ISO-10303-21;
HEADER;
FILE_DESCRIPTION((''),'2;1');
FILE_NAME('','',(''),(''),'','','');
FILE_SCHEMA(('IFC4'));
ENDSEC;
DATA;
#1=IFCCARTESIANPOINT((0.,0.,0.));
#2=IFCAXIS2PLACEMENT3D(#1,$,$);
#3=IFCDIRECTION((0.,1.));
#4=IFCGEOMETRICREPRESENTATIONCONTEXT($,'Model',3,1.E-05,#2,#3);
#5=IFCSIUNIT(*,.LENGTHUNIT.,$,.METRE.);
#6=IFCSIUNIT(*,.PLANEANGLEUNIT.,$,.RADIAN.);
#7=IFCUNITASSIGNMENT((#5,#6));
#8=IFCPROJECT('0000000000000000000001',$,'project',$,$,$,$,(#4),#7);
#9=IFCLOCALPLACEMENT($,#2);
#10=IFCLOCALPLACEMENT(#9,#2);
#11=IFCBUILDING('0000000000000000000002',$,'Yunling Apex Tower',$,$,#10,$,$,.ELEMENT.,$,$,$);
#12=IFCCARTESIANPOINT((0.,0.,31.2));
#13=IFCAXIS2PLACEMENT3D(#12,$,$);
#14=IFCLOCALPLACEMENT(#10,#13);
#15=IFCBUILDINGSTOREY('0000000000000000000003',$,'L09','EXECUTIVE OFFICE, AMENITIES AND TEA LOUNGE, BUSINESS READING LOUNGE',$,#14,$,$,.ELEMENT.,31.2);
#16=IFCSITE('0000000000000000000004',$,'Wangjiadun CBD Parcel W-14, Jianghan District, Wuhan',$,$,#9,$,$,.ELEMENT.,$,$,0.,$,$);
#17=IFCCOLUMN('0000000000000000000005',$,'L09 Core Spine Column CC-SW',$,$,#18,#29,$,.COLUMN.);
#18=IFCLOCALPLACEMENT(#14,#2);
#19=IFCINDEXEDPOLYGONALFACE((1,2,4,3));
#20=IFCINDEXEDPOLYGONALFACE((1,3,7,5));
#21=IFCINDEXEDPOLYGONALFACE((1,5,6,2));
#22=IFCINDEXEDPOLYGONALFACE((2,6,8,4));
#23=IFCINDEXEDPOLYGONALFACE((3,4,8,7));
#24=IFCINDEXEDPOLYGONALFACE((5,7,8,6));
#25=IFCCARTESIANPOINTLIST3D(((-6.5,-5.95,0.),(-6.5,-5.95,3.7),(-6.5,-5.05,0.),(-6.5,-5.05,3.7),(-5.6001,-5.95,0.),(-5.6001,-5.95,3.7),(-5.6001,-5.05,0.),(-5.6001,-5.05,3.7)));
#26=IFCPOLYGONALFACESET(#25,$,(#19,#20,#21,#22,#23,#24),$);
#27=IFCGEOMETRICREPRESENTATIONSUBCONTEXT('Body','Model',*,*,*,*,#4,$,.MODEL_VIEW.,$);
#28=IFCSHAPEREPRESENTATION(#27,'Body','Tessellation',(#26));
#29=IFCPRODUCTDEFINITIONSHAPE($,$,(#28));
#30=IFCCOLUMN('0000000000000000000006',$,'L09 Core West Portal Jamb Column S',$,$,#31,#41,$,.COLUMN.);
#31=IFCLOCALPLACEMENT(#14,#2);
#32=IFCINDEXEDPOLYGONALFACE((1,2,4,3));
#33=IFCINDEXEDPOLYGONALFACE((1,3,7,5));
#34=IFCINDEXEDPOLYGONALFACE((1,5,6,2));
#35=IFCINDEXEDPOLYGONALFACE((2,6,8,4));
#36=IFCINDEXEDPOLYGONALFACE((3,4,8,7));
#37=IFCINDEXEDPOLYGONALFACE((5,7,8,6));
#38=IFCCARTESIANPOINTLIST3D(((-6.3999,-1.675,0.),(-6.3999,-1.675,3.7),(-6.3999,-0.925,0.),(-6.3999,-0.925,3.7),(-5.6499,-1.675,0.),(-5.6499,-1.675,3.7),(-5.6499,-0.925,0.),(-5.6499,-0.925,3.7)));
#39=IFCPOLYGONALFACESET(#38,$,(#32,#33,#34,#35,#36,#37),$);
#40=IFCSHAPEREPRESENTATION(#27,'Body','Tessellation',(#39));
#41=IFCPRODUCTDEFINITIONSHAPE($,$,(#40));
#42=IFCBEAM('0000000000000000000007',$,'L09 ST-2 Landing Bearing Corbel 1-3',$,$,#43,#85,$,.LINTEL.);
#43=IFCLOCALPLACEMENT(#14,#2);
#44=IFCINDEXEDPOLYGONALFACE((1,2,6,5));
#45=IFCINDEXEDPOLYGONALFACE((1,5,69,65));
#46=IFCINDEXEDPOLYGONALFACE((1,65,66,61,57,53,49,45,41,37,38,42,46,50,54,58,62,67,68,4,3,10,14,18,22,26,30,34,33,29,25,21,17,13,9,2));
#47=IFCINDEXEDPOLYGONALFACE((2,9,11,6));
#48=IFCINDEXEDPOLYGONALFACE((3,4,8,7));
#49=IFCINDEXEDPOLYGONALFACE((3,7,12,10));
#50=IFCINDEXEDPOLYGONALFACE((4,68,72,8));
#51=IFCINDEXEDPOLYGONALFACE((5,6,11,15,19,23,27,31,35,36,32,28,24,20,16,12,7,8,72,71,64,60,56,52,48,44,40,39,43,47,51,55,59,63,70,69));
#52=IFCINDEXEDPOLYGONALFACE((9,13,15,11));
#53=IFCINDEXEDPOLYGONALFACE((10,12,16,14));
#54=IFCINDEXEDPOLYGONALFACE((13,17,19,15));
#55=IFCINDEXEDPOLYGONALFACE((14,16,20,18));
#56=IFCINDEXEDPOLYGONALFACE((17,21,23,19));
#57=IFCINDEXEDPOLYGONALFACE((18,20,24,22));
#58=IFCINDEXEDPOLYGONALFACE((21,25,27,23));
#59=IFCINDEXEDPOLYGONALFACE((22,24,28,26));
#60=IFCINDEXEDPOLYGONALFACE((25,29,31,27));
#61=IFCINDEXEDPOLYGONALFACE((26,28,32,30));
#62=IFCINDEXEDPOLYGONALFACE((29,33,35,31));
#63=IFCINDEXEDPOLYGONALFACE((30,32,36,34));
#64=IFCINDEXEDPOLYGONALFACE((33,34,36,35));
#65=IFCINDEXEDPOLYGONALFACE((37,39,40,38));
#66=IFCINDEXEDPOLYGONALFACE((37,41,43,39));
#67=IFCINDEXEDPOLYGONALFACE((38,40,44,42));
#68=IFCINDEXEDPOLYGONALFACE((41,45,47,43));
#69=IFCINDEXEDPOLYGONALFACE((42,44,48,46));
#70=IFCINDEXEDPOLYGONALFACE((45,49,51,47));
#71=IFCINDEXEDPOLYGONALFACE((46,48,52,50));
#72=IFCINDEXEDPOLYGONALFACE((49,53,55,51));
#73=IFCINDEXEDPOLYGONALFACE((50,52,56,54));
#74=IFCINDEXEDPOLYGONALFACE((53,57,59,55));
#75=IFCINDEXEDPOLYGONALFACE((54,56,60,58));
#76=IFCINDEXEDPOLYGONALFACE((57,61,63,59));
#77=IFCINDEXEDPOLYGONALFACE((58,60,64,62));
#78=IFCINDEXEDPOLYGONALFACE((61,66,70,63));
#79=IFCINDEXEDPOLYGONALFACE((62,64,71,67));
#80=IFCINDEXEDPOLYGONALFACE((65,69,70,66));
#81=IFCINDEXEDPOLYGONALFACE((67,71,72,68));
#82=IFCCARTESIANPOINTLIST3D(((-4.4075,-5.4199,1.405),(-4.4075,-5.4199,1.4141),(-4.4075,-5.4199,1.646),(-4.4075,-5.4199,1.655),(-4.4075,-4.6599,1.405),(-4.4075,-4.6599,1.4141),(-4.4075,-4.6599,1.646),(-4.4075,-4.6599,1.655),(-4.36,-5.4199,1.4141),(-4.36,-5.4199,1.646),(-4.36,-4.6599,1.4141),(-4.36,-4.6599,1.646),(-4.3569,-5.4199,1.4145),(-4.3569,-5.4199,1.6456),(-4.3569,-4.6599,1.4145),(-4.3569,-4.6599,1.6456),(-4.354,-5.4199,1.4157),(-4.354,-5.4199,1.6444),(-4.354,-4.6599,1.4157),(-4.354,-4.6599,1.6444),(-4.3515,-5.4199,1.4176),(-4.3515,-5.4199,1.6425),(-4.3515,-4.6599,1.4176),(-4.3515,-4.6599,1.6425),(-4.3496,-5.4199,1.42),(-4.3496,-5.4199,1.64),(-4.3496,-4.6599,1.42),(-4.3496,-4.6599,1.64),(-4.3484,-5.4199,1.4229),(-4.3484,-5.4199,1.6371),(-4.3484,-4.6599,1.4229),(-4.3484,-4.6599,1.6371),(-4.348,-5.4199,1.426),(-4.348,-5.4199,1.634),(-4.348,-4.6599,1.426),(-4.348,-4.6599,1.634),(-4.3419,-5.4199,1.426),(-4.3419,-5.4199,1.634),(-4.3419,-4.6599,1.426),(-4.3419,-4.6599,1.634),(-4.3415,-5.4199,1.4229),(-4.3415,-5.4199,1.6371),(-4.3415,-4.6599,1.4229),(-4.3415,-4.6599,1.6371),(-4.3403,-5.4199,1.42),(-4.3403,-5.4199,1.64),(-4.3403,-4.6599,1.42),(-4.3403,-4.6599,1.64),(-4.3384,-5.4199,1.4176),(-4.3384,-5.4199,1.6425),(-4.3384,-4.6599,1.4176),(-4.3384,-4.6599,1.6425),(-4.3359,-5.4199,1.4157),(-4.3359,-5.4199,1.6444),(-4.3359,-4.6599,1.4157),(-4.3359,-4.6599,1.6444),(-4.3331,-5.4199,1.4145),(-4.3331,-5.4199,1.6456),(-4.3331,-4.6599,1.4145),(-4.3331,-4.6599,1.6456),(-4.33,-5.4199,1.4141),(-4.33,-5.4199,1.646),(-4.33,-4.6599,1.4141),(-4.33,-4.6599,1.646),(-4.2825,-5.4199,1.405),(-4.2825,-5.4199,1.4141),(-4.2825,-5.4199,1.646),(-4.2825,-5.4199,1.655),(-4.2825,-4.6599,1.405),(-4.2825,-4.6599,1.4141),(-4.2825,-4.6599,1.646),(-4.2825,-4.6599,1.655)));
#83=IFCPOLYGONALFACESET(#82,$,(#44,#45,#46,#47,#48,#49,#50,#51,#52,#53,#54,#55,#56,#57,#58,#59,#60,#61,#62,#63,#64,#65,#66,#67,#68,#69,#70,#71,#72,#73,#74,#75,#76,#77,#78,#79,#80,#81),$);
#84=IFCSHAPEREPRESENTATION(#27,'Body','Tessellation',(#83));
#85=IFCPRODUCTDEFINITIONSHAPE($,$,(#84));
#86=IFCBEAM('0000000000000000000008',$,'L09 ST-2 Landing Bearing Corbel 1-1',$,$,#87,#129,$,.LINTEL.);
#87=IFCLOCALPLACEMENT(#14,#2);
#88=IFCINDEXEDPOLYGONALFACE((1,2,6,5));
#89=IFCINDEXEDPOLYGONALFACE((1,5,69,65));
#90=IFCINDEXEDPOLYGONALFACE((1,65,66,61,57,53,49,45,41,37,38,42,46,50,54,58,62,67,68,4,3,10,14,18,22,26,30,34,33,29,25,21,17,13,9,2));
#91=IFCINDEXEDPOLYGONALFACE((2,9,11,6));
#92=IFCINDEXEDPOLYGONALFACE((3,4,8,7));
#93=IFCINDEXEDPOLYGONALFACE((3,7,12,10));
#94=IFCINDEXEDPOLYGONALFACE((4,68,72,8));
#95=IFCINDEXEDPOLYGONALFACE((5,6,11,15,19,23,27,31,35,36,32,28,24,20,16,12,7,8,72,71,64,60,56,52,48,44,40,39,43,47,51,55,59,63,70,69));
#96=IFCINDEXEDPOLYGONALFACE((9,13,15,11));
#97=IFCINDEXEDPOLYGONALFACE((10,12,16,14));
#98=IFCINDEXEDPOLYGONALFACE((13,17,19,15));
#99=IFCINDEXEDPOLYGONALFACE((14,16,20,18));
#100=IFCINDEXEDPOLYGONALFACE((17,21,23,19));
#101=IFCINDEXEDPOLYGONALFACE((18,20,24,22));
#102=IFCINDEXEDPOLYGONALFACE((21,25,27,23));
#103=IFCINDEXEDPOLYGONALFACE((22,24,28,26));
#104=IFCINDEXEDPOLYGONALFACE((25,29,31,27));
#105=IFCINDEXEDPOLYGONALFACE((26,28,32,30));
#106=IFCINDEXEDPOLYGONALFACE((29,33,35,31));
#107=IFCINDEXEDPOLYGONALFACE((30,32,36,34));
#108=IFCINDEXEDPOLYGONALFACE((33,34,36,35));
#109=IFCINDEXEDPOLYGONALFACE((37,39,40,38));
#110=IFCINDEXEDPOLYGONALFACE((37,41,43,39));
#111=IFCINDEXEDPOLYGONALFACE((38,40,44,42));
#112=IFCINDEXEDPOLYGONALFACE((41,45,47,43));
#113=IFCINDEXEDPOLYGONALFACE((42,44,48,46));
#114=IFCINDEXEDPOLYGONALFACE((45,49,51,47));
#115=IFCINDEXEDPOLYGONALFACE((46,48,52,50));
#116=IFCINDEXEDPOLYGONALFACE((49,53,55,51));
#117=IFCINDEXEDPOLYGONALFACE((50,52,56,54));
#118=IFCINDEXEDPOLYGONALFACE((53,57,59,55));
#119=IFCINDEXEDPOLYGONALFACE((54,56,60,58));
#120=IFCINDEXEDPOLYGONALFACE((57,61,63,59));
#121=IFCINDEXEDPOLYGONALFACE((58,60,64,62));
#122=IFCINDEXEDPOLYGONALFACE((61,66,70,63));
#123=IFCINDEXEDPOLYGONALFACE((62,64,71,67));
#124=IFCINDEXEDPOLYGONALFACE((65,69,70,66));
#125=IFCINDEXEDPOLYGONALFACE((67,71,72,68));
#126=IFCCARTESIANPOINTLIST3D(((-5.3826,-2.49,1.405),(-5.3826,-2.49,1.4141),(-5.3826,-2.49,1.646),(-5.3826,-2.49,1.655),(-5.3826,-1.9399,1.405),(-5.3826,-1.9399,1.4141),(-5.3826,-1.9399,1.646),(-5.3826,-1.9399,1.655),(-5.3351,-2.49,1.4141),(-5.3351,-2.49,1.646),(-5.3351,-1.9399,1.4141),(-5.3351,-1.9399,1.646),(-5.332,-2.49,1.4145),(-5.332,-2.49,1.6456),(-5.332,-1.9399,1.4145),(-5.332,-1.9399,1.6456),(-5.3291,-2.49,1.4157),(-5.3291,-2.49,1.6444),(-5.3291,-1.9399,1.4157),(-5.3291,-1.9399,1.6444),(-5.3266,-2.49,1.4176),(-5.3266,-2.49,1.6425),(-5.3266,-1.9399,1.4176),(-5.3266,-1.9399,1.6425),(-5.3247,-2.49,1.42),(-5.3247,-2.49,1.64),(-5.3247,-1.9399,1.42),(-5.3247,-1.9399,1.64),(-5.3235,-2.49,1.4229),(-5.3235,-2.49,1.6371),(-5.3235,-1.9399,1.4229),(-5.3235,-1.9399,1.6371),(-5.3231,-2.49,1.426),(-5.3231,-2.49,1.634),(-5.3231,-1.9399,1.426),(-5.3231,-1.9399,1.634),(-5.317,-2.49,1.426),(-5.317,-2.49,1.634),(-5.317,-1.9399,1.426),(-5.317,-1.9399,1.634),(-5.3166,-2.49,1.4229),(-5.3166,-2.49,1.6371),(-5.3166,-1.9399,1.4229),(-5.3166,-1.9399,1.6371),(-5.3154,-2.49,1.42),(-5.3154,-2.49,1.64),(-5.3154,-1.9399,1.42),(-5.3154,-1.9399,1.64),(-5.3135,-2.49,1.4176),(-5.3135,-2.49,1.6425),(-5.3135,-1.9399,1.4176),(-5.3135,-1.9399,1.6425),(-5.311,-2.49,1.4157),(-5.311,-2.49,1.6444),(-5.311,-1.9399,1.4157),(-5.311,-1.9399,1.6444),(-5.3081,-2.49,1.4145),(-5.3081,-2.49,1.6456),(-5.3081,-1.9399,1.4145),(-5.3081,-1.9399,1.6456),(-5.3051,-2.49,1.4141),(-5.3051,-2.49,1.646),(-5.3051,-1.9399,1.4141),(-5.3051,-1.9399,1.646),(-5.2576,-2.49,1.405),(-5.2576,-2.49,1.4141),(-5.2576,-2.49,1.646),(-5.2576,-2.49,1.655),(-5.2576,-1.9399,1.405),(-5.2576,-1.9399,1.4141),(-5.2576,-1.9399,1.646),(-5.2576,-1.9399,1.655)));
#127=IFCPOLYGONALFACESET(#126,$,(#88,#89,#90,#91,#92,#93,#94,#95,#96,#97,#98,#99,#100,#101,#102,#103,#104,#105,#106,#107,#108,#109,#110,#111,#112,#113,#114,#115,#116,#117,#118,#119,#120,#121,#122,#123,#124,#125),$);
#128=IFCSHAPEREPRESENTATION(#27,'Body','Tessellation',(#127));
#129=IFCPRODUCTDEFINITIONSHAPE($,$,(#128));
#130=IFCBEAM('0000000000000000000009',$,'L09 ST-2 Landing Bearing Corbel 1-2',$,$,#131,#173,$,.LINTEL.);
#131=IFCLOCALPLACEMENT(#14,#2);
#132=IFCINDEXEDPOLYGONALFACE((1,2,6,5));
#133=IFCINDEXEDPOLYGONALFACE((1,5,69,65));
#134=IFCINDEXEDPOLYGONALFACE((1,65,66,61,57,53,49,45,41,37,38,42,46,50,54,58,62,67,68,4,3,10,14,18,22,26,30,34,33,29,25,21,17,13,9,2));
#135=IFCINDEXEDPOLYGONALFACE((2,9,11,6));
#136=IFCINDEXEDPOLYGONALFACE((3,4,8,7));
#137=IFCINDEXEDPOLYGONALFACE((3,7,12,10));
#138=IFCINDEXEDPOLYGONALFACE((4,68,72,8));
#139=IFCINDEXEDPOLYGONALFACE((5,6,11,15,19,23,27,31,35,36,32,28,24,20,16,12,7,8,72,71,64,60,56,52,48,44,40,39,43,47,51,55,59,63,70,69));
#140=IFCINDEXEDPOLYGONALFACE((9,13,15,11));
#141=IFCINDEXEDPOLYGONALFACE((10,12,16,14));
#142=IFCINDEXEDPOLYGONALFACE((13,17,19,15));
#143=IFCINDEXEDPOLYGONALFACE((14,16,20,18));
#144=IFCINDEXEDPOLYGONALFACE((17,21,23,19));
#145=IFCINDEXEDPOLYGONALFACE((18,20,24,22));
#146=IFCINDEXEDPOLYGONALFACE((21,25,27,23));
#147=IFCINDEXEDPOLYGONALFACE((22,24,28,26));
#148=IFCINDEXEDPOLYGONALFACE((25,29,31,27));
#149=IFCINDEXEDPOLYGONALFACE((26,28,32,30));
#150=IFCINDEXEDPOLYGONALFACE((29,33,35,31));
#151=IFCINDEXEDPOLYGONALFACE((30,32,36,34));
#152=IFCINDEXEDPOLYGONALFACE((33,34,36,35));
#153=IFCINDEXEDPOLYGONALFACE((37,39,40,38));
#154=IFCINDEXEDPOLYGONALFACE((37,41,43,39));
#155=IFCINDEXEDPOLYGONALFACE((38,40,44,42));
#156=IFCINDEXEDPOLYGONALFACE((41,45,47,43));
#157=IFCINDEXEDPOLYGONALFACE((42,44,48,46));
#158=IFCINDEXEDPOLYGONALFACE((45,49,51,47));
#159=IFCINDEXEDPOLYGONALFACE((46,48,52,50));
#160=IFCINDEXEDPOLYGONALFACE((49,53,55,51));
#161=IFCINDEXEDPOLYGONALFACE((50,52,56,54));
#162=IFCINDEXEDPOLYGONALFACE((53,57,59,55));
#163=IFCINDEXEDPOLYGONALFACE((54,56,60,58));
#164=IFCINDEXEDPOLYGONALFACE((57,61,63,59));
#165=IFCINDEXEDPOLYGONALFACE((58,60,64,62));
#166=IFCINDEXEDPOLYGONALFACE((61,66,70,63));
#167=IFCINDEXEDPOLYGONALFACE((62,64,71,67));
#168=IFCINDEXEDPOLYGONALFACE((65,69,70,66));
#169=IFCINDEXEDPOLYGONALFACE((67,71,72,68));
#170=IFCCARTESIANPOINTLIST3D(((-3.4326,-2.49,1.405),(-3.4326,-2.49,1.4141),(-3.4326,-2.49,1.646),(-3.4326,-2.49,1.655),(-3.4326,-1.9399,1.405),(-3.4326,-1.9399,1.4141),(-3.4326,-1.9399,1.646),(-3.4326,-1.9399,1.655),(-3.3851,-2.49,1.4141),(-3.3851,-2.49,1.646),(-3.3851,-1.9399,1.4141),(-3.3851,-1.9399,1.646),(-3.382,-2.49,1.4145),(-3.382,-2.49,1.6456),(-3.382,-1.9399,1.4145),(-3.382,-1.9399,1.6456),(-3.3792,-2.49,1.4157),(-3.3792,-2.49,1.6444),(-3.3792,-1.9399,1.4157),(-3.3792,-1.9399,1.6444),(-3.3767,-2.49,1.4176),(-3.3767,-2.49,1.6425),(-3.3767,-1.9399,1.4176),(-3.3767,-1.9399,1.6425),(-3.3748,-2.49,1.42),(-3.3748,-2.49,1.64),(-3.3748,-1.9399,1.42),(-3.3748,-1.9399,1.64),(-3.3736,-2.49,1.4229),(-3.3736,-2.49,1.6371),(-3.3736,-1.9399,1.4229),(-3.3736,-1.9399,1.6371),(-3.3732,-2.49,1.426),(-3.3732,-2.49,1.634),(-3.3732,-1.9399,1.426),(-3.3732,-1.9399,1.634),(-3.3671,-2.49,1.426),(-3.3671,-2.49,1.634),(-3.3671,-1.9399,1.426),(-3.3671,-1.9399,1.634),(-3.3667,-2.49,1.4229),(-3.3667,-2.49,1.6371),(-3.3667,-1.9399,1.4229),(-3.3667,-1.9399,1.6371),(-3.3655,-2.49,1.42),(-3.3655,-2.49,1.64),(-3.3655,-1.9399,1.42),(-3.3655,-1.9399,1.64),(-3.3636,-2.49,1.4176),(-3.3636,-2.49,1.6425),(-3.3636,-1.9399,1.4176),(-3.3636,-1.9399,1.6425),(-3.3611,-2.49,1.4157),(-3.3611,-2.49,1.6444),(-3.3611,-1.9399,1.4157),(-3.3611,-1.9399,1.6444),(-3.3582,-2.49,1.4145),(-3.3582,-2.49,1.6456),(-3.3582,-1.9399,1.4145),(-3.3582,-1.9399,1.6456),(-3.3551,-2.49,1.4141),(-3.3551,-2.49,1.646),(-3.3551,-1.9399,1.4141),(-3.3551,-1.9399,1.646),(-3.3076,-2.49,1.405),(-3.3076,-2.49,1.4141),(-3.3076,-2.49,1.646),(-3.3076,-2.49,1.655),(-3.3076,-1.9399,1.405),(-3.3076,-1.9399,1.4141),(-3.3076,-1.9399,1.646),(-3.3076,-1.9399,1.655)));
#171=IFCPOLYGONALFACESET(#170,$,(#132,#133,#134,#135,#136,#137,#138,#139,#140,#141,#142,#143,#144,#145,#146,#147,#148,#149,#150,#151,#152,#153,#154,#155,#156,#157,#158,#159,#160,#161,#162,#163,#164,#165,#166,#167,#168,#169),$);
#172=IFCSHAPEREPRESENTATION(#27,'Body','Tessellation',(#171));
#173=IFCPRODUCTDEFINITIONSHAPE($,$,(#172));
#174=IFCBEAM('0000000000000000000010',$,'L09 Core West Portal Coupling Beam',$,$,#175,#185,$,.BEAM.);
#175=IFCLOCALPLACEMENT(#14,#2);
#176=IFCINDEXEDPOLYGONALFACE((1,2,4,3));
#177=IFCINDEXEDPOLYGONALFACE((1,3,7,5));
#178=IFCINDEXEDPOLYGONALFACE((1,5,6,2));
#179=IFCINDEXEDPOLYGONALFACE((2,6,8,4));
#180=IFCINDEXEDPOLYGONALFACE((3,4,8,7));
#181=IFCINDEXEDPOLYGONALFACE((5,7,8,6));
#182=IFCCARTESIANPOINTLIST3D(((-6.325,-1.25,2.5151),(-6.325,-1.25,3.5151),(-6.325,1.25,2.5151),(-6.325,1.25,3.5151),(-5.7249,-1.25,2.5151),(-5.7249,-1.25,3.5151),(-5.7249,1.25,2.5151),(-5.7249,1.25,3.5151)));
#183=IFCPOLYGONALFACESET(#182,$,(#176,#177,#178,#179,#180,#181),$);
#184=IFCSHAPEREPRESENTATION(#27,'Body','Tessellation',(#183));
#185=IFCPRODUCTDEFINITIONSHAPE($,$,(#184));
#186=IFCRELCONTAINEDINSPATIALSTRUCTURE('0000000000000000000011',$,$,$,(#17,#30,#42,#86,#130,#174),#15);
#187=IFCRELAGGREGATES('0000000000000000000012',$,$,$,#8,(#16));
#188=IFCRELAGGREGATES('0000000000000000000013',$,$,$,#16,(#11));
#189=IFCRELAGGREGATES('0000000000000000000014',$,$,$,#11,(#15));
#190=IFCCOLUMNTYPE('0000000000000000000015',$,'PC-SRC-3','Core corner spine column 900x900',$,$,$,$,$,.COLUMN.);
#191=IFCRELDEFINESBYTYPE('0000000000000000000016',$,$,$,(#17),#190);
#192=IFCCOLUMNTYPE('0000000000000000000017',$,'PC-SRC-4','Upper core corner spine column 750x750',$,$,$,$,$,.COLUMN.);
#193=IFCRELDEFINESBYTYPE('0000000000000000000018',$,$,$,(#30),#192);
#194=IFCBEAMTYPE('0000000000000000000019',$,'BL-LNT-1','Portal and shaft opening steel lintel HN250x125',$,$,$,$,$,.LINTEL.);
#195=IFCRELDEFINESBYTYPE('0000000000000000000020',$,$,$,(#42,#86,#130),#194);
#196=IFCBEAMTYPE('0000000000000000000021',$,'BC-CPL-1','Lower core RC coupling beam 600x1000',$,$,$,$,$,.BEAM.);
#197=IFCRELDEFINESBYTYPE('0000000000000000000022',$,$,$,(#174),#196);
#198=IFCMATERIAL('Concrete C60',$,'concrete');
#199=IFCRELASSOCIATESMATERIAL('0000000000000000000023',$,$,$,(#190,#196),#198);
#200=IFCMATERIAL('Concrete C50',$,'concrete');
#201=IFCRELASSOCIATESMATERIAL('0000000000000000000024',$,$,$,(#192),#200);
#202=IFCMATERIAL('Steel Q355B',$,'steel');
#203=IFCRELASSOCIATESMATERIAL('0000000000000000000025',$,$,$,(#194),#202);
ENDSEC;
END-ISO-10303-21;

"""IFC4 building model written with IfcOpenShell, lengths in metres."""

from ifc_helpers import new_model, si_unit, direction, frame, origin, origin_2d, place, context, subcontext, project, spatial, rectangle, i_section, extrude, source, transform, mapped, material, material_profile, profile_set, type_object, element, save


model = new_model("IFC4")

# Units and contexts
model_context = context("Model", 3, precision=1e-05, world=origin(), true_north=direction((0.0, 1.0)))
body_context = subcontext(model_context, "Body", "Model", "MODEL_VIEW")
ifc_project = project(units=[si_unit("LENGTHUNIT", "METRE"), si_unit("PLANEANGLEUNIT", "RADIAN")], contexts=[model_context])

# Site, building, storey
site_placement = place(None, origin())
site = spatial("IfcSite", under=ifc_project, at=site_placement, Name="Wangjiadun CBD Parcel W-14, Jianghan District, Wuhan", CompositionType="ELEMENT", RefElevation=0.0)
building_placement = place(site_placement, origin())
building = spatial("IfcBuilding", under=site, at=building_placement, Name="Yunling Apex Tower", CompositionType="ELEMENT")
storey_placement = place(building_placement, frame((0.0, 0.0, 31.2)))
storey = spatial("IfcBuildingStorey", under=building, at=storey_placement, Name="L09", Description="EXECUTIVE OFFICE, AMENITIES AND TEA LOUNGE, BUSINESS READING LOUNGE", CompositionType="ELEMENT", Elevation=31.2)

# Columns
ifc_material_1 = material(Name="Concrete C60", Category="concrete")
ifc_material_profile_1 = material_profile(ifc_material_1, rectangle(XDim=0.8999, YDim=0.8999, at=origin_2d()))
ifc_profile_set_1 = profile_set([ifc_material_profile_1], Name="Concrete C60")
column_type_1 = type_object("IfcColumnType", Name="PC-SRC-3", Description="Core corner spine column 900x900", PredefinedType="COLUMN", material=ifc_profile_set_1)
shared_shape_1 = source(origin(), body_context, "Body", "SweptSolid", [
    extrude(rectangle(XDim=0.8999, YDim=0.8999, at=origin_2d()), origin(), (0.0, 0.0, 1.0), 3.7),
])
column_1_placement = place(storey_placement, frame((-6.05, -5.5, 0.0), z_axis=(0.0, 0.0, 1.0), x_axis=(1.0, 0.0, 0.0)))
element("IfcColumn", 1, at=column_1_placement, inside=storey, type_object=column_type_1, Name="L09 Core Spine Column CC-SW", PredefinedType="COLUMN", context=body_context, shape_type="MappedRepresentation", body=[
    mapped(shared_shape_1, transform((0.0, 0.0, 0.0), scale=1.0)),
])
ifc_material_2 = material(Name="Concrete C50", Category="concrete")
ifc_material_profile_2 = material_profile(ifc_material_2, rectangle(XDim=0.75, YDim=0.75, at=origin_2d()))
ifc_profile_set_2 = profile_set([ifc_material_profile_2], Name="Concrete C50")
column_type_2 = type_object("IfcColumnType", Name="PC-SRC-4", Description="Upper core corner spine column 750x750", PredefinedType="COLUMN", material=ifc_profile_set_2)
shared_shape_2 = source(origin(), body_context, "Body", "SweptSolid", [
    extrude(rectangle(XDim=0.75, YDim=0.75, at=origin_2d()), origin(), (0.0, 0.0, 1.0), 3.7),
])
column_2_placement = place(storey_placement, frame((-6.0249, -1.3, 0.0), z_axis=(0.0, 0.0, 1.0), x_axis=(1.0, 0.0, 0.0)))
element("IfcColumn", 2, at=column_2_placement, inside=storey, type_object=column_type_2, Name="L09 Core West Portal Jamb Column S", PredefinedType="COLUMN", context=body_context, shape_type="MappedRepresentation", body=[
    mapped(shared_shape_2, transform((0.0, 0.0, 0.0), scale=1.0)),
])

# Beams
ifc_material_3 = material(Name="Steel Q355B", Category="steel")
ifc_material_profile_3 = material_profile(ifc_material_3, i_section(OverallWidth=0.125, OverallDepth=0.25, WebThickness=0.0061, FlangeThickness=0.009, FilletRadius=0.012, at=origin_2d()))
ifc_profile_set_3 = profile_set([ifc_material_profile_3], Name="Steel Q355B")
beam_type_1 = type_object("IfcBeamType", Name="BL-LNT-1", Description="Portal and shaft opening steel lintel HN250x125", PredefinedType="LINTEL", material=ifc_profile_set_3)
shared_shape_3 = source(origin(), body_context, "Body", "SweptSolid", [
    extrude(i_section(OverallWidth=0.125, OverallDepth=0.25, WebThickness=0.0061, FlangeThickness=0.009, FilletRadius=0.012, at=origin_2d()), origin(), (0.0, 0.0, 1.0), 0.76),
])
beam_1_placement = place(storey_placement, frame((-4.345, -5.4199, 1.53), z_axis=(0.0, 1.0, 0.0), x_axis=(-1.0, 0.0, 0.0)))
element("IfcBeam", 3, at=beam_1_placement, inside=storey, type_object=beam_type_1, Name="L09 ST-2 Landing Bearing Corbel 1-3", PredefinedType="LINTEL", context=body_context, shape_type="MappedRepresentation", body=[
    mapped(shared_shape_3, transform((0.0, 0.0, 0.0), scale=1.0)),
])
shared_shape_4 = source(origin(), body_context, "Body", "SweptSolid", [
    extrude(i_section(OverallWidth=0.125, OverallDepth=0.25, WebThickness=0.0061, FlangeThickness=0.009, FilletRadius=0.012, at=origin_2d()), origin(), (0.0, 0.0, 1.0), 0.55),
])
for number, where, z_axis, x_axis, name in (
    (4, (-5.3201, -1.9399, 1.53), (0.0, -1.0, 0.0), (1.0, 0.0, 0.0), "L09 ST-2 Landing Bearing Corbel 1-1"),
    (5, (-3.3701, -1.9399, 1.53), (0.0, -1.0, 0.0), (1.0, 0.0, 0.0), "L09 ST-2 Landing Bearing Corbel 1-2"),
):
    element("IfcBeam", number, at=place(storey_placement, frame(where, z_axis=z_axis, x_axis=x_axis)), inside=storey, type_object=beam_type_1, Name=name, PredefinedType="LINTEL", context=body_context, shape_type="MappedRepresentation", body=[
        mapped(shared_shape_4, transform((0.0, 0.0, 0.0), scale=1.0)),
    ])
ifc_material_profile_4 = material_profile(ifc_material_1, rectangle(XDim=0.6001, YDim=1.0, at=origin_2d()))
ifc_profile_set_4 = profile_set([ifc_material_profile_4], Name="Concrete C60")
beam_type_2 = type_object("IfcBeamType", Name="BC-CPL-1", Description="Lower core RC coupling beam 600x1000", PredefinedType="BEAM", material=ifc_profile_set_4)
shared_shape_5 = source(origin(), body_context, "Body", "SweptSolid", [
    extrude(rectangle(XDim=0.6001, YDim=1.0, at=origin_2d()), origin(), (0.0, 0.0, 1.0), 2.5),
])
beam_2_placement = place(storey_placement, frame((-6.0249, -1.25, 3.0151), z_axis=(0.0, 1.0, 0.0), x_axis=(-1.0, 0.0, 0.0)))
element("IfcBeam", 6, at=beam_2_placement, inside=storey, type_object=beam_type_2, Name="L09 Core West Portal Coupling Beam", PredefinedType="BEAM", context=body_context, shape_type="MappedRepresentation", body=[
    mapped(shared_shape_5, transform((0.0, 0.0, 0.0), scale=1.0)),
])

save(model, "model.ifc")
